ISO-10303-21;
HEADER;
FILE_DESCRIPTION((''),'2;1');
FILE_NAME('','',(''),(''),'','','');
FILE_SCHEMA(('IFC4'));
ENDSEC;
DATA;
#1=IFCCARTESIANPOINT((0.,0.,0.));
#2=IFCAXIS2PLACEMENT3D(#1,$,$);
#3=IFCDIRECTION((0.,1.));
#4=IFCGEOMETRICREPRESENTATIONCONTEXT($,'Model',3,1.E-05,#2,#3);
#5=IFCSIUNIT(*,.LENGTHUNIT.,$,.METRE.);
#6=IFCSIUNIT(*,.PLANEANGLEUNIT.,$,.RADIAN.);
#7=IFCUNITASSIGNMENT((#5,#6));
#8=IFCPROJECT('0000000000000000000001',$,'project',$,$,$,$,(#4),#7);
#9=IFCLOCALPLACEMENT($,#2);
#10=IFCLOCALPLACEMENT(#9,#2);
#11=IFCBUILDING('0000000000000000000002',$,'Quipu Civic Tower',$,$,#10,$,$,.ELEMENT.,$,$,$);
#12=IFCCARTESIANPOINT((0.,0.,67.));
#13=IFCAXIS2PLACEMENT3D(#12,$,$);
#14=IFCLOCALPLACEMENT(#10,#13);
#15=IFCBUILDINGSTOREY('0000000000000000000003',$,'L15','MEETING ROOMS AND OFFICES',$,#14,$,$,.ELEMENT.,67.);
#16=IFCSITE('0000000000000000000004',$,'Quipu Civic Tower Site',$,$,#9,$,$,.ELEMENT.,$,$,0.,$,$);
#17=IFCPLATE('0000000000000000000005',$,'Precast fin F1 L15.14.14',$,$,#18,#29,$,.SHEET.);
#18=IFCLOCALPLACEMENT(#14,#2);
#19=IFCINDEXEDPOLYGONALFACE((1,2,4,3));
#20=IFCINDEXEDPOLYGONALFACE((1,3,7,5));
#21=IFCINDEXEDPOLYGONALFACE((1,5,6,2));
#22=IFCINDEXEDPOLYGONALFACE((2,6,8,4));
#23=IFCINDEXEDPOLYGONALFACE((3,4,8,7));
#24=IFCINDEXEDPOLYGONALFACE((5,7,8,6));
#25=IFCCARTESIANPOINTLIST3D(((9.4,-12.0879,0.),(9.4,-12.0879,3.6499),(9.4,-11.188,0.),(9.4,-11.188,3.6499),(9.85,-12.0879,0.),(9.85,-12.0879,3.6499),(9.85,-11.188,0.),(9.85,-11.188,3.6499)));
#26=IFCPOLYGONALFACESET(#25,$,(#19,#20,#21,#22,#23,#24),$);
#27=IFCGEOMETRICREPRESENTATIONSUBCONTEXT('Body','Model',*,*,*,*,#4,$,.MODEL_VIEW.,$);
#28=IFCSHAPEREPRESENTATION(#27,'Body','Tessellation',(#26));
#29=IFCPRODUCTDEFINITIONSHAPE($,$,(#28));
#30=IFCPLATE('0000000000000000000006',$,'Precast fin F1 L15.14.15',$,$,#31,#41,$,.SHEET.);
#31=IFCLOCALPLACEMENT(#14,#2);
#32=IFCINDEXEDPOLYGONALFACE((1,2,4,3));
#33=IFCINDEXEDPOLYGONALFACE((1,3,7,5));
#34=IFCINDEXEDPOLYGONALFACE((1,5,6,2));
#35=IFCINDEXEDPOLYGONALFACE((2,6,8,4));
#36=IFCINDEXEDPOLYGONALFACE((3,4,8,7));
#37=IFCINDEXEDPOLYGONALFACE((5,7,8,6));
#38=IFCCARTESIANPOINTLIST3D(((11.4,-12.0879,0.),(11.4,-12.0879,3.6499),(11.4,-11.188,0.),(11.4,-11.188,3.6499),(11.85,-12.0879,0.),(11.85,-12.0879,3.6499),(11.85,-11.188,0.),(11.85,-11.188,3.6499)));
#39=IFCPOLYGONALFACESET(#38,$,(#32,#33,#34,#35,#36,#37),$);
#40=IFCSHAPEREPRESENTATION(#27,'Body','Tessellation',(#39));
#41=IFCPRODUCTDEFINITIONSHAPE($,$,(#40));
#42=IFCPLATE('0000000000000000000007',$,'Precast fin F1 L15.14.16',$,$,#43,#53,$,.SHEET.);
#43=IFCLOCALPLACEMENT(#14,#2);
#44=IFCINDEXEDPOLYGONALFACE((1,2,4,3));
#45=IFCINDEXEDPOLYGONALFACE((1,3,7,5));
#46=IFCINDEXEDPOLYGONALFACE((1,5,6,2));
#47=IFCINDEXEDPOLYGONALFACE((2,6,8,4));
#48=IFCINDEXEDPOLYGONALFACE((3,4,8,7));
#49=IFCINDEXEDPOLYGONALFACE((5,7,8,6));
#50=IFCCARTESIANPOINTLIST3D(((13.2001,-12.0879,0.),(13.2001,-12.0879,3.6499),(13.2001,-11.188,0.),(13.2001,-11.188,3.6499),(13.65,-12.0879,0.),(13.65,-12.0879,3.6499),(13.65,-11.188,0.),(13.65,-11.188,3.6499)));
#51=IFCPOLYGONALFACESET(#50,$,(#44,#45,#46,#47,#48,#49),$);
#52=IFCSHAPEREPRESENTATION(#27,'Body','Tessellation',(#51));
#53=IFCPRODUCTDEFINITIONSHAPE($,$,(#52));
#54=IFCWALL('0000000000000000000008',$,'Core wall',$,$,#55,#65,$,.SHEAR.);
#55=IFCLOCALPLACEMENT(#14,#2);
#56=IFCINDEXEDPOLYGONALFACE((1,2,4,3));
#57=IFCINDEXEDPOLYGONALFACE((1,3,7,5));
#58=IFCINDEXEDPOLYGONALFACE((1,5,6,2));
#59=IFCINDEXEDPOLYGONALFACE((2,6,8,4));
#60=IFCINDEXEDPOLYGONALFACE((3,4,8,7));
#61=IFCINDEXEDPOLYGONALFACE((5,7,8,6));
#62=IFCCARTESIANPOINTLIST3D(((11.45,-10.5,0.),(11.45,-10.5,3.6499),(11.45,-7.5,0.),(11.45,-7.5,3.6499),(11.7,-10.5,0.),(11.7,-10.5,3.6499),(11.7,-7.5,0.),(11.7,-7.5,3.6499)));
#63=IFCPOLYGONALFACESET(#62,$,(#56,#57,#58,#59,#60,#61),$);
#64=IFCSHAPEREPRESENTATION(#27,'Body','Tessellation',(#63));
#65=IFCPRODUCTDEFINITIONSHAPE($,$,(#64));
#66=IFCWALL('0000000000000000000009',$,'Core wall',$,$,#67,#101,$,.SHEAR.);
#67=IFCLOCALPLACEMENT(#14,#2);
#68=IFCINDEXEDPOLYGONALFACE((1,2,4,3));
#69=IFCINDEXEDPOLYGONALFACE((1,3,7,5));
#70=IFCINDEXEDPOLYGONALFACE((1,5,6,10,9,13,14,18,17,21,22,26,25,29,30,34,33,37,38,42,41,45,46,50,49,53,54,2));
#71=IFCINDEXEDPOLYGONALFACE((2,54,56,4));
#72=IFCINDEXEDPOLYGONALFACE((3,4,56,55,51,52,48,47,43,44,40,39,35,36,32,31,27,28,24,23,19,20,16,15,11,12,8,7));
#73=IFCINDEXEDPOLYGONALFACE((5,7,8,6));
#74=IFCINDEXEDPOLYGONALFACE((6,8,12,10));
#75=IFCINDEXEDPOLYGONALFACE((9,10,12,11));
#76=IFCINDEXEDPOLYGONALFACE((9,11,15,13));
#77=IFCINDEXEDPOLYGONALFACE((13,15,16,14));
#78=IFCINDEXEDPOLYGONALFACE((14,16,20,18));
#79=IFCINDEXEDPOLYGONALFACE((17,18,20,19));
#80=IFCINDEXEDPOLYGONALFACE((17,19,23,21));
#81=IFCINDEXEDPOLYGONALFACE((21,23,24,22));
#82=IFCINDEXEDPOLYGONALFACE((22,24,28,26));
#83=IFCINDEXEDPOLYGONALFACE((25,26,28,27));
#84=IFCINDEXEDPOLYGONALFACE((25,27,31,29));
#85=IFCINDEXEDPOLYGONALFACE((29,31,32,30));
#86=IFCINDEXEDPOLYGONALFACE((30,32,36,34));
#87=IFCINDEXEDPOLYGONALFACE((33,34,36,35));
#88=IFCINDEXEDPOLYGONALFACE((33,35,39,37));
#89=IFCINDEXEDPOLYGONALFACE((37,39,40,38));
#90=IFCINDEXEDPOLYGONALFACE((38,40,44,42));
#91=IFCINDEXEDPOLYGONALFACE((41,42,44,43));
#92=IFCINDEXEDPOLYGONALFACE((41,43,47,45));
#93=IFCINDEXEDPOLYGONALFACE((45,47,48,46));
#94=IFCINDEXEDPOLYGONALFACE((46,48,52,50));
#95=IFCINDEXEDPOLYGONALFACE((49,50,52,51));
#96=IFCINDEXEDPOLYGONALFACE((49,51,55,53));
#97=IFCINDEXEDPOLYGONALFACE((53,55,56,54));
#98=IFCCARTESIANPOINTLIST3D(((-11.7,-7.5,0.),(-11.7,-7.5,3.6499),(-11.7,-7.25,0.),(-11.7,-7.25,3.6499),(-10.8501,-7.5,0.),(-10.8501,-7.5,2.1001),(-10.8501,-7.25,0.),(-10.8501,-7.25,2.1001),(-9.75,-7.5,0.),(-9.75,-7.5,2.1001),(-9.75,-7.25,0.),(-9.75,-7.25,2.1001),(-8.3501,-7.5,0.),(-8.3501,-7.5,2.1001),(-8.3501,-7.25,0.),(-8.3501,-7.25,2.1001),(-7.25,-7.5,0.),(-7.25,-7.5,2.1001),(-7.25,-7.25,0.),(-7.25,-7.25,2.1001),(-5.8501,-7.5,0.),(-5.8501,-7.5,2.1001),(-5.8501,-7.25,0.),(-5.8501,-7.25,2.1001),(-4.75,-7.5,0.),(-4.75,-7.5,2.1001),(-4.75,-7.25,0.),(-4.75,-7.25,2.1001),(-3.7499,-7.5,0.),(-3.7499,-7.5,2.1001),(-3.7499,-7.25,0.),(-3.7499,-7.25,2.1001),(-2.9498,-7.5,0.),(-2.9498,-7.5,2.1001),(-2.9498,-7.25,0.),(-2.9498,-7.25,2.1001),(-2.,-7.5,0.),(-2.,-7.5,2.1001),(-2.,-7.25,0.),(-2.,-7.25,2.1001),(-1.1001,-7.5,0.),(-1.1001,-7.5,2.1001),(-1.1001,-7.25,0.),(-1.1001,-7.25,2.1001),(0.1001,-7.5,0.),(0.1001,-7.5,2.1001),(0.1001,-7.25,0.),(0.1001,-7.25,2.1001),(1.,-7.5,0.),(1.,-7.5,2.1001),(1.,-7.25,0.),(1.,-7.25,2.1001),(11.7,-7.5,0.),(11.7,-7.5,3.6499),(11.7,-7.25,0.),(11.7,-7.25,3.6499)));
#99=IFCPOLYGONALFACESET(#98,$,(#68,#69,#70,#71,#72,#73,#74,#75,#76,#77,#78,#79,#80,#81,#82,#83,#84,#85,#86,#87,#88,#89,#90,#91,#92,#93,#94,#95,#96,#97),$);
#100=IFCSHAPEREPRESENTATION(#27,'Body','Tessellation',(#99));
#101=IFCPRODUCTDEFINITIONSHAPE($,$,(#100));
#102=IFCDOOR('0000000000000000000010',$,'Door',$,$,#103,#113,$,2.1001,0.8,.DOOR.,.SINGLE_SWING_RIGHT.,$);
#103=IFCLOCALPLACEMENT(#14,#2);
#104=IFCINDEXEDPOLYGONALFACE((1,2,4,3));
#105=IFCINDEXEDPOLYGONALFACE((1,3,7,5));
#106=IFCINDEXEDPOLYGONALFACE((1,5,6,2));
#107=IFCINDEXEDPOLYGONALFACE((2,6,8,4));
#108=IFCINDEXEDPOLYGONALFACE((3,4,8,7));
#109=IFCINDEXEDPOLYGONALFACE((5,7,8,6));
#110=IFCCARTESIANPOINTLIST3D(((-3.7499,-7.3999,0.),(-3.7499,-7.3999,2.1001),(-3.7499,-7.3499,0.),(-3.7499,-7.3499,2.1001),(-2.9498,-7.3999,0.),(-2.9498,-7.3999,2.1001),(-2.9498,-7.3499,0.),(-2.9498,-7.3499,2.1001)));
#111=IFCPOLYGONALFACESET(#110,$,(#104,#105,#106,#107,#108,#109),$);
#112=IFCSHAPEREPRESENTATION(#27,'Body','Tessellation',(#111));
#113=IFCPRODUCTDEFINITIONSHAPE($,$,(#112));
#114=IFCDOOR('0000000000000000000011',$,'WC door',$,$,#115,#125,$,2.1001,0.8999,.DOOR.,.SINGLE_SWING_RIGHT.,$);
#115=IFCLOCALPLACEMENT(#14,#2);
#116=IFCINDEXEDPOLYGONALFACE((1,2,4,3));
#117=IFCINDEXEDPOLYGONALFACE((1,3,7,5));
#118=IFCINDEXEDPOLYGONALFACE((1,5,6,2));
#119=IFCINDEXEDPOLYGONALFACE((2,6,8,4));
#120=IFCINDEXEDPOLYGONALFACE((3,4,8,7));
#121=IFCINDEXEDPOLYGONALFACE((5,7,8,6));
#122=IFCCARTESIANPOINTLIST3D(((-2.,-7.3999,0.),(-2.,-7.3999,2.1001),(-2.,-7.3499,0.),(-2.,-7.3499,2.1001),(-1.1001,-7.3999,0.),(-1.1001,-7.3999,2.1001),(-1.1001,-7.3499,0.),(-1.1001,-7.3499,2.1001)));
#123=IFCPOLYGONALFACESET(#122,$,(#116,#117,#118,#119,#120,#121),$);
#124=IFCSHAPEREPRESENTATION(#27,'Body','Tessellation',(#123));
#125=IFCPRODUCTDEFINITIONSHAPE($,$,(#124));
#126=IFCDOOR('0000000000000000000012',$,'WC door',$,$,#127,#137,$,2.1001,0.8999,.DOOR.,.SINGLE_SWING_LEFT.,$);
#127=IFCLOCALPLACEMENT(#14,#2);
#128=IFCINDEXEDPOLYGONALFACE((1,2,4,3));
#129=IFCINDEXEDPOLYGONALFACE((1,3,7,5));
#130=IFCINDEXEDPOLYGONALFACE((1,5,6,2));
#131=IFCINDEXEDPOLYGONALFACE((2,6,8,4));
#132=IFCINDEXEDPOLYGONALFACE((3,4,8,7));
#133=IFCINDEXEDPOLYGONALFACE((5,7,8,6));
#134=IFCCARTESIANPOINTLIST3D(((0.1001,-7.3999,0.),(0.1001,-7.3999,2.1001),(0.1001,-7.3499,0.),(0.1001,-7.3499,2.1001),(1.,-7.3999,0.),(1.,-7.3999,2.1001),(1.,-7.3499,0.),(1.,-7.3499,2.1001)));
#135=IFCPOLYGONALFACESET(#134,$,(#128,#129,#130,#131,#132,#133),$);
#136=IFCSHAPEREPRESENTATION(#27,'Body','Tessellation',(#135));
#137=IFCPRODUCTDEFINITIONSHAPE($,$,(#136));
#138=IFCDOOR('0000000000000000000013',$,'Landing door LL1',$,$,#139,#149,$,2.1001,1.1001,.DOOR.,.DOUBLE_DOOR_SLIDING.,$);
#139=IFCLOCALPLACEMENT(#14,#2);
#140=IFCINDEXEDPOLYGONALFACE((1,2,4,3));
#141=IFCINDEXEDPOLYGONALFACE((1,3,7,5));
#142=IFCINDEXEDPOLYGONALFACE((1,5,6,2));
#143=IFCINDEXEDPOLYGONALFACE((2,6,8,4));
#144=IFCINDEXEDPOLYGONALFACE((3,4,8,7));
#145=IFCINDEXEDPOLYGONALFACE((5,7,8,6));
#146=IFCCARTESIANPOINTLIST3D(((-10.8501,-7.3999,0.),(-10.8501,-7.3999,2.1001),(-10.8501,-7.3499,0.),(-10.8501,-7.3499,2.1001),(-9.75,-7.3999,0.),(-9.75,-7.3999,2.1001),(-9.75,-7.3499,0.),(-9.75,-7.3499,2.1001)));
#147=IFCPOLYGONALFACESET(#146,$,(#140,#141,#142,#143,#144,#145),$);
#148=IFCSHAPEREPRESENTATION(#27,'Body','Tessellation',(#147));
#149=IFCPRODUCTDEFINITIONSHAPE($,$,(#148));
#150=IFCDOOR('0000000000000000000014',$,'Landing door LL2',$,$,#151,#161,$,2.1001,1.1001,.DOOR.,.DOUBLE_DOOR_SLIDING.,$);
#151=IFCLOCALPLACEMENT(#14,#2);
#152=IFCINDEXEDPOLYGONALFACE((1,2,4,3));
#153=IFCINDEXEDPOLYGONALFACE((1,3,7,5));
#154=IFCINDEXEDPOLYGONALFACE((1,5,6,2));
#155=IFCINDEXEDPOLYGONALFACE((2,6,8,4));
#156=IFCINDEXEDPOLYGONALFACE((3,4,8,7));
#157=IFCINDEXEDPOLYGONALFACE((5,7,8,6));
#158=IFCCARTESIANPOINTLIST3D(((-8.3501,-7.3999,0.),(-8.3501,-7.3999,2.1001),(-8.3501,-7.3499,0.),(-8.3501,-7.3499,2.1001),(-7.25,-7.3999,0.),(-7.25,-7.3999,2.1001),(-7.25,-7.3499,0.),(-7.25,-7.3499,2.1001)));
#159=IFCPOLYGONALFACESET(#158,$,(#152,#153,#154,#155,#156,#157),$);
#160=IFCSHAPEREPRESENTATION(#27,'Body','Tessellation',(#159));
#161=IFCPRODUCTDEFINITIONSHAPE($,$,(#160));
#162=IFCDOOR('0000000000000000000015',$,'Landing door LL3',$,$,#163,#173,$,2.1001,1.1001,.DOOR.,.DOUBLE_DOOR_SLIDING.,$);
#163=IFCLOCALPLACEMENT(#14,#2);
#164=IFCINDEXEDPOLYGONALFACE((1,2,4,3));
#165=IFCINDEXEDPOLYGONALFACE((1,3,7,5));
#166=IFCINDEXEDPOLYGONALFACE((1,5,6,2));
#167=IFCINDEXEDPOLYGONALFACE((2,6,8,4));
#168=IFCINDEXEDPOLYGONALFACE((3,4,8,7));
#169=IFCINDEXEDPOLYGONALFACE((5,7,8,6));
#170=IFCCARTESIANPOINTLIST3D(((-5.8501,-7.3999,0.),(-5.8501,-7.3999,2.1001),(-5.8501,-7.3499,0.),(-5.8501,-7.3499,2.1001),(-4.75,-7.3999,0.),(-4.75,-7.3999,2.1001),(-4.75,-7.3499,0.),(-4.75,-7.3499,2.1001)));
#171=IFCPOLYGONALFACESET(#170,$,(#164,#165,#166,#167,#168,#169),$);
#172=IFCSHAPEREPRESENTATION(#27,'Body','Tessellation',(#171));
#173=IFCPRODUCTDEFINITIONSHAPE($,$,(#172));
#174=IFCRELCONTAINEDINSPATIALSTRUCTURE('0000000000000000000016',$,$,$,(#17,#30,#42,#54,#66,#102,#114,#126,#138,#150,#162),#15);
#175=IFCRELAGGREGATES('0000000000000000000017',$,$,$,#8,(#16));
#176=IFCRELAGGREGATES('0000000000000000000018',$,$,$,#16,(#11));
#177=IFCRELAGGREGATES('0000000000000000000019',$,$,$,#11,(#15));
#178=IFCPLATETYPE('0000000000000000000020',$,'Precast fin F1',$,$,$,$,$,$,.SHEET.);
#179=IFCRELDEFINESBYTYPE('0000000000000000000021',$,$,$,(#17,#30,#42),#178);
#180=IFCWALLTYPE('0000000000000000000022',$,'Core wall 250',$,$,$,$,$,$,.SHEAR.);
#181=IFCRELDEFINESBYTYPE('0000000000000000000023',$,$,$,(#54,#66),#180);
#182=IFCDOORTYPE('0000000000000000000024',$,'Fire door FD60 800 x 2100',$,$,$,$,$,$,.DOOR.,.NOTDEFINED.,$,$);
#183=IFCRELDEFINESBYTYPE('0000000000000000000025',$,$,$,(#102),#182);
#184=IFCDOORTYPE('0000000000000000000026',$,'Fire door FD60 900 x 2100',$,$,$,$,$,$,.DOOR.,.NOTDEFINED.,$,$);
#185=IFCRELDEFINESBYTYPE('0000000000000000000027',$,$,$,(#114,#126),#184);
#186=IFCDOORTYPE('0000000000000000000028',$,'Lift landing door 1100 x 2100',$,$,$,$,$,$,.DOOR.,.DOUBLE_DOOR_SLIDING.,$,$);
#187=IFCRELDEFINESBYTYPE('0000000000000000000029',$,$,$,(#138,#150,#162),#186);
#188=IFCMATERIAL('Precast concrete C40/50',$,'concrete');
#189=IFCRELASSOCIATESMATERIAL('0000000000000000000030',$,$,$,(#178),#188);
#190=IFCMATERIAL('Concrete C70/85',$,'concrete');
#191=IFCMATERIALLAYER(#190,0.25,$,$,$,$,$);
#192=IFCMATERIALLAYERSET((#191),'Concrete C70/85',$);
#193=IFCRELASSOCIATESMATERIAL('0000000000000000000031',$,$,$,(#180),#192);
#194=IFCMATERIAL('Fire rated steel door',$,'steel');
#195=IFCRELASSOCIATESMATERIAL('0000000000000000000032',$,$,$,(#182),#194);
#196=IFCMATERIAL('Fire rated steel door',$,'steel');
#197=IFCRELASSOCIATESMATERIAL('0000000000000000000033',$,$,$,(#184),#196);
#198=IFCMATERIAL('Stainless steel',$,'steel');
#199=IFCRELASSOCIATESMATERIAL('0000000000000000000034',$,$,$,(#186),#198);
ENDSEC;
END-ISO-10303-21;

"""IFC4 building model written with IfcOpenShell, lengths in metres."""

from ifc_helpers import new_model, si_unit, direction, frame, frame_2d, origin, origin_2d, place, context, subcontext, project, spatial, rectangle, extrude, material, layer, layer_set, type_object, element, fill, save


model = new_model("IFC4")

# Units and contexts
model_context = context("Model", 3, precision=1e-05, world=origin(), true_north=direction((0.0, 1.0)))
body_context = subcontext(model_context, "Body", "Model", "MODEL_VIEW")
ifc_project = project(units=[si_unit("LENGTHUNIT", "METRE"), si_unit("PLANEANGLEUNIT", "RADIAN")], contexts=[model_context])

# Site, building, storey
site_placement = place(None, origin())
site = spatial("IfcSite", under=ifc_project, at=site_placement, Name="Quipu Civic Tower Site", CompositionType="ELEMENT", RefElevation=0.0)
building_placement = place(site_placement, origin())
building = spatial("IfcBuilding", under=site, at=building_placement, Name="Quipu Civic Tower", CompositionType="ELEMENT")
storey_placement = place(building_placement, frame((0.0, 0.0, 67.0)))
storey = spatial("IfcBuildingStorey", under=building, at=storey_placement, Name="L15", Description="MEETING ROOMS AND OFFICES", CompositionType="ELEMENT", Elevation=67.0)

# Plates
ifc_material_1 = material(Name="Precast concrete C40/50", Category="concrete")
plate_type = type_object("IfcPlateType", Name="Precast fin F1", PredefinedType="SHEET", material=ifc_material_1)
for number, where, z_axis, x_axis, name in (
    (1, (9.625, -11.6379, 0.0), (0.0, 0.0, 1.0), (1.0, 0.0, 0.0), "Precast fin F1 L15.14.14"),
    (2, (11.625, -11.6379, 0.0), (0.0, 0.0, 1.0), (1.0, 0.0, 0.0), "Precast fin F1 L15.14.15"),
    (3, (13.425, -11.6379, 0.0), (0.0, 0.0, 1.0), (1.0, 0.0, 0.0), "Precast fin F1 L15.14.16"),
):
    element("IfcPlate", number, at=place(storey_placement, frame(where, z_axis=z_axis, x_axis=x_axis)), inside=storey, type_object=plate_type, Name=name, PredefinedType="SHEET", context=body_context, shape_type="SweptSolid", body=[
        extrude(rectangle(XDim=0.45, YDim=0.8999, at=origin_2d()), origin(), (0.0, 0.0, 1.0), 3.6499),
    ])

# Wall
ifc_material_2 = material(Name="Concrete C70/85", Category="concrete")
ifc_layer_1 = layer(ifc_material_2, 0.25)
ifc_layer_set_1 = layer_set([ifc_layer_1], Name="Concrete C70/85")
wall_type_1 = type_object("IfcWallType", Name="Core wall 250", PredefinedType="SHEAR", material=ifc_layer_set_1)
wall_1_placement = place(storey_placement, frame((11.575, -10.5, 0.0), z_axis=(0.0, 0.0, 1.0), x_axis=(0.0, 1.0, 0.0)))
element("IfcWall", 4, at=wall_1_placement, inside=storey, type_object=wall_type_1, Name="Core wall", PredefinedType="SHEAR", context=body_context, shape_type="SweptSolid", body=[
    extrude(rectangle(XDim=3.0, YDim=0.25, at=frame_2d((1.5, 0.0))), origin(), (0.0, 0.0, 1.0), 3.6499),
])

# Wall, openings, doors
wall_2_placement = place(storey_placement, frame((11.7, -7.375, 0.0), z_axis=(0.0, 0.0, 1.0), x_axis=(-1.0, 0.0, 0.0)))
wall_2 = element("IfcWall", 5, at=wall_2_placement, inside=storey, type_object=wall_type_1, Name="Core wall", PredefinedType="SHEAR", context=body_context, shape_type="SweptSolid", body=[
    extrude(rectangle(XDim=23.3999, YDim=0.25, at=frame_2d((11.7, 0.0))), origin(), (0.0, 0.0, 1.0), 3.6499),
])
opening_1_placement = place(wall_2_placement, frame((21.45, 0.0, 0.0)))
opening_1 = element("IfcOpeningElement", 6, at=opening_1_placement, cuts=wall_2, PredefinedType="OPENING", context=body_context, shape_type="SweptSolid", body=[
    extrude(rectangle(XDim=1.1001, YDim=2.1001, at=frame_2d((0.55, 1.05))), frame((0.0, 0.135, 0.0), z_axis=(0.0, -1.0, 0.0), x_axis=(1.0, 0.0, 0.0)), (0.0, 0.0, 1.0), 0.27),
])
opening_2_placement = place(wall_2_placement, frame((18.95, 0.0, 0.0)))
opening_2 = element("IfcOpeningElement", 7, at=opening_2_placement, cuts=wall_2, PredefinedType="OPENING", context=body_context, shape_type="SweptSolid", body=[
    extrude(rectangle(XDim=1.1001, YDim=2.1001, at=frame_2d((0.55, 1.05))), frame((0.0, 0.135, 0.0), z_axis=(0.0, -1.0, 0.0), x_axis=(1.0, 0.0, 0.0)), (0.0, 0.0, 1.0), 0.27),
])
opening_3_placement = place(wall_2_placement, frame((16.45, 0.0, 0.0)))
opening_3 = element("IfcOpeningElement", 8, at=opening_3_placement, cuts=wall_2, PredefinedType="OPENING", context=body_context, shape_type="SweptSolid", body=[
    extrude(rectangle(XDim=1.1001, YDim=2.1001, at=frame_2d((0.55, 1.05))), frame((0.0, 0.135, 0.0), z_axis=(0.0, -1.0, 0.0), x_axis=(1.0, 0.0, 0.0)), (0.0, 0.0, 1.0), 0.27),
])
opening_4_placement = place(wall_2_placement, frame((14.6499, 0.0, 0.0)))
opening_4 = element("IfcOpeningElement", 9, at=opening_4_placement, cuts=wall_2, PredefinedType="OPENING", context=body_context, shape_type="SweptSolid", body=[
    extrude(rectangle(XDim=0.8, YDim=2.1001, at=frame_2d((0.3999, 1.05))), frame((0.0, 0.135, 0.0), z_axis=(0.0, -1.0, 0.0), x_axis=(1.0, 0.0, 0.0)), (0.0, 0.0, 1.0), 0.27),
])
opening_5_placement = place(wall_2_placement, frame((12.8, 0.0, 0.0)))
opening_5 = element("IfcOpeningElement", 10, at=opening_5_placement, cuts=wall_2, PredefinedType="OPENING", context=body_context, shape_type="SweptSolid", body=[
    extrude(rectangle(XDim=0.8999, YDim=2.1001, at=frame_2d((0.45, 1.05))), frame((0.0, 0.135, 0.0), z_axis=(0.0, -1.0, 0.0), x_axis=(1.0, 0.0, 0.0)), (0.0, 0.0, 1.0), 0.27),
])
opening_6_placement = place(wall_2_placement, frame((10.7, 0.0, 0.0)))
opening_6 = element("IfcOpeningElement", 11, at=opening_6_placement, cuts=wall_2, PredefinedType="OPENING", context=body_context, shape_type="SweptSolid", body=[
    extrude(rectangle(XDim=0.8999, YDim=2.1001, at=frame_2d((0.45, 1.05))), frame((0.0, 0.135, 0.0), z_axis=(0.0, -1.0, 0.0), x_axis=(1.0, 0.0, 0.0)), (0.0, 0.0, 1.0), 0.27),
])
ifc_material_3 = material(Name="Fire rated steel door", Category="steel")
door_type_1 = type_object("IfcDoorType", Name="Fire door FD60 800 x 2100", OperationType="NOTDEFINED", PredefinedType="DOOR", material=ifc_material_3)
door_1_placement = place(opening_4_placement, origin())
door_1 = element("IfcDoor", 12, at=door_1_placement, inside=storey, type_object=door_type_1, Name="Door", OperationType="SINGLE_SWING_RIGHT", OverallHeight=2.1001, OverallWidth=0.8, PredefinedType="DOOR", context=body_context, shape_type="SweptSolid", body=[
    extrude(rectangle(XDim=0.8, YDim=2.1001, at=frame_2d((0.3999, 1.05))), frame((0.0, 0.0249, 0.0), z_axis=(0.0, -1.0, 0.0), x_axis=(1.0, 0.0, 0.0)), (0.0, 0.0, 1.0), 0.05),
])
fill(opening_4, door_1)
ifc_material_4 = material(Name="Fire rated steel door", Category="steel")
door_type_2 = type_object("IfcDoorType", Name="Fire door FD60 900 x 2100", OperationType="NOTDEFINED", PredefinedType="DOOR", material=ifc_material_4)
door_2_placement = place(opening_5_placement, origin())
door_2 = element("IfcDoor", 13, at=door_2_placement, inside=storey, type_object=door_type_2, Name="WC door", OperationType="SINGLE_SWING_RIGHT", OverallHeight=2.1001, OverallWidth=0.8999, PredefinedType="DOOR", context=body_context, shape_type="SweptSolid", body=[
    extrude(rectangle(XDim=0.8999, YDim=2.1001, at=frame_2d((0.45, 1.05))), frame((0.0, 0.0249, 0.0), z_axis=(0.0, -1.0, 0.0), x_axis=(1.0, 0.0, 0.0)), (0.0, 0.0, 1.0), 0.05),
])
fill(opening_5, door_2)
door_3_placement = place(opening_6_placement, origin())
door_3 = element("IfcDoor", 14, at=door_3_placement, inside=storey, type_object=door_type_2, Name="WC door", OperationType="SINGLE_SWING_LEFT", OverallHeight=2.1001, OverallWidth=0.8999, PredefinedType="DOOR", context=body_context, shape_type="SweptSolid", body=[
    extrude(rectangle(XDim=0.8999, YDim=2.1001, at=frame_2d((0.45, 1.05))), frame((0.0, 0.0249, 0.0), z_axis=(0.0, -1.0, 0.0), x_axis=(1.0, 0.0, 0.0)), (0.0, 0.0, 1.0), 0.05),
])
fill(opening_6, door_3)
ifc_material_5 = material(Name="Stainless steel", Category="steel")
door_type_3 = type_object("IfcDoorType", Name="Lift landing door 1100 x 2100", OperationType="DOUBLE_DOOR_SLIDING", PredefinedType="DOOR", material=ifc_material_5)
door_4_placement = place(opening_1_placement, origin())
door_4 = element("IfcDoor", 15, at=door_4_placement, inside=storey, type_object=door_type_3, Name="Landing door LL1", OperationType="DOUBLE_DOOR_SLIDING", OverallHeight=2.1001, OverallWidth=1.1001, PredefinedType="DOOR", context=body_context, shape_type="SweptSolid", body=[
    extrude(rectangle(XDim=1.1001, YDim=2.1001, at=frame_2d((0.55, 1.05))), frame((0.0, 0.0249, 0.0), z_axis=(0.0, -1.0, 0.0), x_axis=(1.0, 0.0, 0.0)), (0.0, 0.0, 1.0), 0.05),
])
fill(opening_1, door_4)
door_5_placement = place(opening_2_placement, origin())
door_5 = element("IfcDoor", 16, at=door_5_placement, inside=storey, type_object=door_type_3, Name="Landing door LL2", OperationType="DOUBLE_DOOR_SLIDING", OverallHeight=2.1001, OverallWidth=1.1001, PredefinedType="DOOR", context=body_context, shape_type="SweptSolid", body=[
    extrude(rectangle(XDim=1.1001, YDim=2.1001, at=frame_2d((0.55, 1.05))), frame((0.0, 0.0249, 0.0), z_axis=(0.0, -1.0, 0.0), x_axis=(1.0, 0.0, 0.0)), (0.0, 0.0, 1.0), 0.05),
])
fill(opening_2, door_5)
door_6_placement = place(opening_3_placement, origin())
door_6 = element("IfcDoor", 17, at=door_6_placement, inside=storey, type_object=door_type_3, Name="Landing door LL3", OperationType="DOUBLE_DOOR_SLIDING", OverallHeight=2.1001, OverallWidth=1.1001, PredefinedType="DOOR", context=body_context, shape_type="SweptSolid", body=[
    extrude(rectangle(XDim=1.1001, YDim=2.1001, at=frame_2d((0.55, 1.05))), frame((0.0, 0.0249, 0.0), z_axis=(0.0, -1.0, 0.0), x_axis=(1.0, 0.0, 0.0)), (0.0, 0.0, 1.0), 0.05),
])
fill(opening_3, door_6)

save(model, "model.ifc")
